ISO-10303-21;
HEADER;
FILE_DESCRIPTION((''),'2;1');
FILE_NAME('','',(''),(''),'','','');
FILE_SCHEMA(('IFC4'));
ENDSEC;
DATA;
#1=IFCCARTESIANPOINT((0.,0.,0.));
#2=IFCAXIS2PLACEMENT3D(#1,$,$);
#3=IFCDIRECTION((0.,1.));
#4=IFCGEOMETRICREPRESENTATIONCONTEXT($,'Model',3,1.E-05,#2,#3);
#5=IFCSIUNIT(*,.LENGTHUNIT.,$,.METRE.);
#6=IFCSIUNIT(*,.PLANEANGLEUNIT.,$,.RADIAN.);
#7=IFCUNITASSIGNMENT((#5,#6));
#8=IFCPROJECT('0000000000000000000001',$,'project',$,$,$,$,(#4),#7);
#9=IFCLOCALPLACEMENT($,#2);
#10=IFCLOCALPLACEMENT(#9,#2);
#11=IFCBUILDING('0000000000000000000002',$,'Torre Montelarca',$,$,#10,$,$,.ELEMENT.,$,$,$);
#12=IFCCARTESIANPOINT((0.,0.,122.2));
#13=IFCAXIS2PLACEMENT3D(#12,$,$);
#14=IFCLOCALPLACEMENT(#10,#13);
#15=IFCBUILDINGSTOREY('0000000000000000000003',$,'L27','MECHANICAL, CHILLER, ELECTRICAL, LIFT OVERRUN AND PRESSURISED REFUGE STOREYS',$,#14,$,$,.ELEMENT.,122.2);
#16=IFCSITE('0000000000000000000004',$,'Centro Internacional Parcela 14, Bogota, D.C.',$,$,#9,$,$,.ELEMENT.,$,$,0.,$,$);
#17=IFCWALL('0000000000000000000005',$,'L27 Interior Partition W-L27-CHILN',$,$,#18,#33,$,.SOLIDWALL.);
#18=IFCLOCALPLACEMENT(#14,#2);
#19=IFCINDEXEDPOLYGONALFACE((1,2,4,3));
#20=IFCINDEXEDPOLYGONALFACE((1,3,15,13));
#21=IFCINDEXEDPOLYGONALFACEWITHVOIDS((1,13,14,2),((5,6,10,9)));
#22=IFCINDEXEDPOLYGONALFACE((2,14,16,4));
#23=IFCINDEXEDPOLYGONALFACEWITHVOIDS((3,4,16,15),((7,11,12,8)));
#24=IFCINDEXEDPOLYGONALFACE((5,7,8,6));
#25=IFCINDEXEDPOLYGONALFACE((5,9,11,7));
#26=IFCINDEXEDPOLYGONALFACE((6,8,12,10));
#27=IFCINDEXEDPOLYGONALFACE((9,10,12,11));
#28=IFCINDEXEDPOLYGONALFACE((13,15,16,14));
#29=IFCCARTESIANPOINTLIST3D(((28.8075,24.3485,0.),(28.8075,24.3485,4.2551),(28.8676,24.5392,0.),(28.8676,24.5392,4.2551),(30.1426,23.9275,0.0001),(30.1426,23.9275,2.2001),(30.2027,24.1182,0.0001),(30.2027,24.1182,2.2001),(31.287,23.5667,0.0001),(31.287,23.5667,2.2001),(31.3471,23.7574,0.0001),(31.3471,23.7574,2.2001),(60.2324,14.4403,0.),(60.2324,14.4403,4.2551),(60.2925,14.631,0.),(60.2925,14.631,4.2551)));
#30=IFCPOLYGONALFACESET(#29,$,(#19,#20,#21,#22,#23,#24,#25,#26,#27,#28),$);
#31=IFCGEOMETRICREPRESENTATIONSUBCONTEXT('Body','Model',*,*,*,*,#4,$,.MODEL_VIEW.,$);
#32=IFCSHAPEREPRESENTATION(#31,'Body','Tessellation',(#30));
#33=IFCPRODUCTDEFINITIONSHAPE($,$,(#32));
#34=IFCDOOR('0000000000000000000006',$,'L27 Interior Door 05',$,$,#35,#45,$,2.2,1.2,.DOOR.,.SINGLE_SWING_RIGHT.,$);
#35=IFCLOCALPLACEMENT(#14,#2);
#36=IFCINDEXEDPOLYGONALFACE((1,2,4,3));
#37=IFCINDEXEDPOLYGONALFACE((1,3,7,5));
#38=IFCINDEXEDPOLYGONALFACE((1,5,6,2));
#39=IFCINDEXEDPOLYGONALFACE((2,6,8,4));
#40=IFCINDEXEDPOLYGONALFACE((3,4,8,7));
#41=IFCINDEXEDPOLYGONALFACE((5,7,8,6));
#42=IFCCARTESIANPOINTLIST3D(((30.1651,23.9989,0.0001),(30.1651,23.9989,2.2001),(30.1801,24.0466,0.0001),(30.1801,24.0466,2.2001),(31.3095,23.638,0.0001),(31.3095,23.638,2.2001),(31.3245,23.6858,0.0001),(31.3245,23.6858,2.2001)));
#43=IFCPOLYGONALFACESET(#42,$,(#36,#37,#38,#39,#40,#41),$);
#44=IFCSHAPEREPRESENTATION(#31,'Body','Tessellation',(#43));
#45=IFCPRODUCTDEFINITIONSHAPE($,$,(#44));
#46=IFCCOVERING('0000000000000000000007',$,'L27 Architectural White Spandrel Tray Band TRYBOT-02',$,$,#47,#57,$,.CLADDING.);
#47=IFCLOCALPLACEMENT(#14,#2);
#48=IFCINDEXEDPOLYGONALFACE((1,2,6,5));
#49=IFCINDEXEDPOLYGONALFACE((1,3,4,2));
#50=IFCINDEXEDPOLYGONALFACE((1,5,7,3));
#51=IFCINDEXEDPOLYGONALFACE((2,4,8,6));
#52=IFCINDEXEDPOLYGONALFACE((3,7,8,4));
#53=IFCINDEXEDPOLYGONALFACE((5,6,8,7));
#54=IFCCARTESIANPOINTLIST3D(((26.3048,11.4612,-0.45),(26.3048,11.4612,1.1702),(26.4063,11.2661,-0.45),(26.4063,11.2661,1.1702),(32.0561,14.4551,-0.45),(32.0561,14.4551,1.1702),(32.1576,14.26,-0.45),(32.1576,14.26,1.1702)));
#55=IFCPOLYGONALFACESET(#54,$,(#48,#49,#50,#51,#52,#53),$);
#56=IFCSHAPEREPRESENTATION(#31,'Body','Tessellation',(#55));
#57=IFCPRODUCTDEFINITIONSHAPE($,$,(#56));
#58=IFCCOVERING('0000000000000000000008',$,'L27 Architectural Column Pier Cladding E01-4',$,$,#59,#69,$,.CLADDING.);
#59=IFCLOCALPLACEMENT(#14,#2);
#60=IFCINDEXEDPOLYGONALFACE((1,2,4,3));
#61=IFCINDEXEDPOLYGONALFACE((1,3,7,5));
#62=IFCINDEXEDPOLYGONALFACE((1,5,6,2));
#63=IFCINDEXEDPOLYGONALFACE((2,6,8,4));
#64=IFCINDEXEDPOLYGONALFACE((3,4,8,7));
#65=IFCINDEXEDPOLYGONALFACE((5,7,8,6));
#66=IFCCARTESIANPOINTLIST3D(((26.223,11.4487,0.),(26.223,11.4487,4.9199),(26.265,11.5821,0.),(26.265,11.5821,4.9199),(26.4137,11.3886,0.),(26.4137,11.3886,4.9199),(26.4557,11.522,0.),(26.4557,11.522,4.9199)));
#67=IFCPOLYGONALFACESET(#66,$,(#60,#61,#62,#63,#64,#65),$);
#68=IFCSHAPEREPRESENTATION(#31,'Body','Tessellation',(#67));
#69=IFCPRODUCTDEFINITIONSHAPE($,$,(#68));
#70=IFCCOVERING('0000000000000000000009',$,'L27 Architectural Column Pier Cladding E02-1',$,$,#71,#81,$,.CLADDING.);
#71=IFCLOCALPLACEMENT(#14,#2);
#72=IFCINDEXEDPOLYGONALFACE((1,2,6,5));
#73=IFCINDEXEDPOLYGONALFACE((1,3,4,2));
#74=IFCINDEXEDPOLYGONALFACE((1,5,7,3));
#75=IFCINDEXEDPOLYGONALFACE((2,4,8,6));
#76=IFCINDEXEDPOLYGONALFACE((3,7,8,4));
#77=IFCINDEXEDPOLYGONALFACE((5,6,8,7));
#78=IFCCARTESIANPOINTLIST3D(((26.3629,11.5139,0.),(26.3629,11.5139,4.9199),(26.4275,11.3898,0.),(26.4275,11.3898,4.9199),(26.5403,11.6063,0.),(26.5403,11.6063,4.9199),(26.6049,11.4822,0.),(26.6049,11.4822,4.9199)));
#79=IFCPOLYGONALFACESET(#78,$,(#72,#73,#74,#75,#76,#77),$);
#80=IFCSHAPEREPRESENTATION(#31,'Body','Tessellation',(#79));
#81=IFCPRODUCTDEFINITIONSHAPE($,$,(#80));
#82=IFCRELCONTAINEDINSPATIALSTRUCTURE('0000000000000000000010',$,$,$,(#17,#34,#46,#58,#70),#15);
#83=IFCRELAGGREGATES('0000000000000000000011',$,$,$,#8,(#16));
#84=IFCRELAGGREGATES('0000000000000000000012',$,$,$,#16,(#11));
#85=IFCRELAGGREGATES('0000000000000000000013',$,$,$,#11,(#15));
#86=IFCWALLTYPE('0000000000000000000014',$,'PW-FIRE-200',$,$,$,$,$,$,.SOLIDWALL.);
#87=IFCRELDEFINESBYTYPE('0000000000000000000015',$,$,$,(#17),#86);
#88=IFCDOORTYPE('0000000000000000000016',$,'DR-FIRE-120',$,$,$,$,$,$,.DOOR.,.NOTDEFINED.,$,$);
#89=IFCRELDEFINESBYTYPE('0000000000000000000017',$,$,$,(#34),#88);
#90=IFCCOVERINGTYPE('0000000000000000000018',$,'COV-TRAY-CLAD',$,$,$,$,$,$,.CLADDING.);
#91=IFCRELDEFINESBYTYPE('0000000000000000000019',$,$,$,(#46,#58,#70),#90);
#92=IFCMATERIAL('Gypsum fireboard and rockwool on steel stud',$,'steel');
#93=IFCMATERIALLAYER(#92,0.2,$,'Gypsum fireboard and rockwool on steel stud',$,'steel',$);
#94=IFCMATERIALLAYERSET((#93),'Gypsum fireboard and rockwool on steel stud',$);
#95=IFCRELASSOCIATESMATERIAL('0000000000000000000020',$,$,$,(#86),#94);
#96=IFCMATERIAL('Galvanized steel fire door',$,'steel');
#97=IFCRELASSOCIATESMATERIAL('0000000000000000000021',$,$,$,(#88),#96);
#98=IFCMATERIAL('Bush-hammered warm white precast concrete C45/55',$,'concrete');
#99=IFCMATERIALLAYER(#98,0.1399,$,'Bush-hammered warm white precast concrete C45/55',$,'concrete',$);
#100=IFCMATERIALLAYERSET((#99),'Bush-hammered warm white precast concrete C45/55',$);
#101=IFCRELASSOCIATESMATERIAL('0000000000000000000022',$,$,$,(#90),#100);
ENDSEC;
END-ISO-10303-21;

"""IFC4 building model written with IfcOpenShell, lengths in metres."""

from ifc_helpers import new_model, si_unit, direction, frame, frame_2d, origin, origin_2d, place, context, subcontext, project, spatial, rectangle, extrude, source, transform, mapped, material, layer, layer_set, type_object, element, fill, save


model = new_model("IFC4")

# Units and contexts
model_context = context("Model", 3, precision=1e-05, world=origin(), true_north=direction((0.0, 1.0)))
body_context = subcontext(model_context, "Body", "Model", "MODEL_VIEW")
ifc_project = project(units=[si_unit("LENGTHUNIT", "METRE"), si_unit("PLANEANGLEUNIT", "RADIAN")], contexts=[model_context])

# Site, building, storey
site_placement = place(None, origin())
site = spatial("IfcSite", under=ifc_project, at=site_placement, Name="Centro Internacional Parcela 14, Bogota, D.C.", CompositionType="ELEMENT", RefElevation=0.0)
building_placement = place(site_placement, origin())
building = spatial("IfcBuilding", under=site, at=building_placement, Name="Torre Montelarca", CompositionType="ELEMENT")
storey_placement = place(building_placement, frame((0.0, 0.0, 122.2)))
storey = spatial("IfcBuildingStorey", under=building, at=storey_placement, Name="L27", Description="MECHANICAL, CHILLER, ELECTRICAL, LIFT OVERRUN AND PRESSURISED REFUGE STOREYS", CompositionType="ELEMENT", Elevation=122.2)

# Wall, opening, door
ifc_material_1 = material(Name="Gypsum fireboard and rockwool on steel stud", Category="steel")
ifc_layer_1 = layer(ifc_material_1, 0.2, Name="Gypsum fireboard and rockwool on steel stud", Category="steel")
ifc_layer_set_1 = layer_set([ifc_layer_1], Name="Gypsum fireboard and rockwool on steel stud")
wall_type_1 = type_object("IfcWallType", Name="PW-FIRE-200", PredefinedType="SOLIDWALL", material=ifc_layer_set_1)
wall_1_placement = place(storey_placement, frame((28.8374, 24.4438, 0.0), z_axis=(0.0, 0.0, 1.0), x_axis=(0.953718, -0.300704, 0.0)))
wall_1 = element("IfcWall", 1, at=wall_1_placement, inside=storey, type_object=wall_type_1, Name="L27 Interior Partition W-L27-CHILN", PredefinedType="SOLIDWALL", context=body_context, shape_type="SweptSolid", body=[
    extrude(rectangle(XDim=32.95, YDim=0.2, at=frame_2d((16.4751, 0.0))), origin(), (0.0, 0.0, 1.0), 4.2551),
])
opening_1_placement = place(wall_1_placement, frame((1.3999, 0.0, 0.0)))
opening_1 = element("IfcOpeningElement", 2, at=opening_1_placement, cuts=wall_1, PredefinedType="OPENING", context=body_context, shape_type="SweptSolid", body=[
    extrude(rectangle(XDim=1.2, YDim=2.2, at=frame_2d((0.6001, 1.1001))), frame((0.0, 0.1099, 0.0), z_axis=(0.0, -1.0, 0.0), x_axis=(1.0, 0.0, 0.0)), (0.0, 0.0, 1.0), 0.22),
])
ifc_material_2 = material(Name="Galvanized steel fire door", Category="steel")
door_type_1 = type_object("IfcDoorType", Name="DR-FIRE-120", OperationType="NOTDEFINED", PredefinedType="DOOR", material=ifc_material_2)
shared_shape_1 = source(origin(), body_context, "Body", "SweptSolid", [
    extrude(rectangle(XDim=1.2, YDim=2.2, at=frame_2d((0.6001, 1.1001))), frame((0.0, 0.0249, 0.0), z_axis=(0.0, -1.0, 0.0), x_axis=(1.0, 0.0, 0.0)), (0.0, 0.0, 1.0), 0.05),
])
door_1_placement = place(opening_1_placement, origin())
door_1 = element("IfcDoor", 3, at=door_1_placement, inside=storey, type_object=door_type_1, Name="L27 Interior Door 05", OperationType="SINGLE_SWING_RIGHT", OverallHeight=2.2, OverallWidth=1.2, PredefinedType="DOOR", context=body_context, shape_type="MappedRepresentation", body=[
    mapped(shared_shape_1, transform((0.0, 0.0, 0.0), scale=1.0)),
])
fill(opening_1, door_1)

# Coverings
ifc_material_3 = material(Name="Bush-hammered warm white precast concrete C45/55", Category="concrete")
ifc_layer_2 = layer(ifc_material_3, 0.1399, Name="Bush-hammered warm white precast concrete C45/55", Category="concrete")
ifc_layer_set_2 = layer_set([ifc_layer_2], Name="Bush-hammered warm white precast concrete C45/55")
covering_type = type_object("IfcCoveringType", Name="COV-TRAY-CLAD", PredefinedType="CLADDING", material=ifc_layer_set_2)
shared_shape_2 = source(origin(), body_context, "Body", "SweptSolid", [
    extrude(rectangle(XDim=6.4839, YDim=0.22, at=origin_2d()), origin(), (0.0, 0.0, 1.0), 1.6201),
])
covering_placement = place(storey_placement, frame((29.2312, 12.8606, -0.45), z_axis=(0.0, 0.0, 1.0), x_axis=(0.887014, 0.461742, 0.0)))
element("IfcCovering", 4, at=covering_placement, inside=storey, type_object=covering_type, Name="L27 Architectural White Spandrel Tray Band TRYBOT-02", PredefinedType="CLADDING", context=body_context, shape_type="MappedRepresentation", body=[
    mapped(shared_shape_2, transform((0.0, 0.0, 0.0), scale=1.0)),
])
shared_shape_3 = source(origin(), body_context, "Body", "SweptSolid", [
    extrude(rectangle(XDim=0.2, YDim=0.1399, at=origin_2d()), origin(), (0.0, 0.0, 1.0), 4.9199),
])
for number, where, z_axis, x_axis, name in (
    (5, (26.3394, 11.4854, 0.0), (0.0, 0.0, 1.0), (0.953717, -0.300704, 0.0), "L27 Architectural Column Pier Cladding E01-4"),
    (6, (26.4839, 11.498, 0.0), (0.0, 0.0, 1.0), (0.887012, 0.461747, 0.0), "L27 Architectural Column Pier Cladding E02-1"),
):
    element("IfcCovering", number, at=place(storey_placement, frame(where, z_axis=z_axis, x_axis=x_axis)), inside=storey, type_object=covering_type, Name=name, PredefinedType="CLADDING", context=body_context, shape_type="MappedRepresentation", body=[
        mapped(shared_shape_3, transform((0.0, 0.0, 0.0), scale=1.0)),
    ])

save(model, "model.ifc")
